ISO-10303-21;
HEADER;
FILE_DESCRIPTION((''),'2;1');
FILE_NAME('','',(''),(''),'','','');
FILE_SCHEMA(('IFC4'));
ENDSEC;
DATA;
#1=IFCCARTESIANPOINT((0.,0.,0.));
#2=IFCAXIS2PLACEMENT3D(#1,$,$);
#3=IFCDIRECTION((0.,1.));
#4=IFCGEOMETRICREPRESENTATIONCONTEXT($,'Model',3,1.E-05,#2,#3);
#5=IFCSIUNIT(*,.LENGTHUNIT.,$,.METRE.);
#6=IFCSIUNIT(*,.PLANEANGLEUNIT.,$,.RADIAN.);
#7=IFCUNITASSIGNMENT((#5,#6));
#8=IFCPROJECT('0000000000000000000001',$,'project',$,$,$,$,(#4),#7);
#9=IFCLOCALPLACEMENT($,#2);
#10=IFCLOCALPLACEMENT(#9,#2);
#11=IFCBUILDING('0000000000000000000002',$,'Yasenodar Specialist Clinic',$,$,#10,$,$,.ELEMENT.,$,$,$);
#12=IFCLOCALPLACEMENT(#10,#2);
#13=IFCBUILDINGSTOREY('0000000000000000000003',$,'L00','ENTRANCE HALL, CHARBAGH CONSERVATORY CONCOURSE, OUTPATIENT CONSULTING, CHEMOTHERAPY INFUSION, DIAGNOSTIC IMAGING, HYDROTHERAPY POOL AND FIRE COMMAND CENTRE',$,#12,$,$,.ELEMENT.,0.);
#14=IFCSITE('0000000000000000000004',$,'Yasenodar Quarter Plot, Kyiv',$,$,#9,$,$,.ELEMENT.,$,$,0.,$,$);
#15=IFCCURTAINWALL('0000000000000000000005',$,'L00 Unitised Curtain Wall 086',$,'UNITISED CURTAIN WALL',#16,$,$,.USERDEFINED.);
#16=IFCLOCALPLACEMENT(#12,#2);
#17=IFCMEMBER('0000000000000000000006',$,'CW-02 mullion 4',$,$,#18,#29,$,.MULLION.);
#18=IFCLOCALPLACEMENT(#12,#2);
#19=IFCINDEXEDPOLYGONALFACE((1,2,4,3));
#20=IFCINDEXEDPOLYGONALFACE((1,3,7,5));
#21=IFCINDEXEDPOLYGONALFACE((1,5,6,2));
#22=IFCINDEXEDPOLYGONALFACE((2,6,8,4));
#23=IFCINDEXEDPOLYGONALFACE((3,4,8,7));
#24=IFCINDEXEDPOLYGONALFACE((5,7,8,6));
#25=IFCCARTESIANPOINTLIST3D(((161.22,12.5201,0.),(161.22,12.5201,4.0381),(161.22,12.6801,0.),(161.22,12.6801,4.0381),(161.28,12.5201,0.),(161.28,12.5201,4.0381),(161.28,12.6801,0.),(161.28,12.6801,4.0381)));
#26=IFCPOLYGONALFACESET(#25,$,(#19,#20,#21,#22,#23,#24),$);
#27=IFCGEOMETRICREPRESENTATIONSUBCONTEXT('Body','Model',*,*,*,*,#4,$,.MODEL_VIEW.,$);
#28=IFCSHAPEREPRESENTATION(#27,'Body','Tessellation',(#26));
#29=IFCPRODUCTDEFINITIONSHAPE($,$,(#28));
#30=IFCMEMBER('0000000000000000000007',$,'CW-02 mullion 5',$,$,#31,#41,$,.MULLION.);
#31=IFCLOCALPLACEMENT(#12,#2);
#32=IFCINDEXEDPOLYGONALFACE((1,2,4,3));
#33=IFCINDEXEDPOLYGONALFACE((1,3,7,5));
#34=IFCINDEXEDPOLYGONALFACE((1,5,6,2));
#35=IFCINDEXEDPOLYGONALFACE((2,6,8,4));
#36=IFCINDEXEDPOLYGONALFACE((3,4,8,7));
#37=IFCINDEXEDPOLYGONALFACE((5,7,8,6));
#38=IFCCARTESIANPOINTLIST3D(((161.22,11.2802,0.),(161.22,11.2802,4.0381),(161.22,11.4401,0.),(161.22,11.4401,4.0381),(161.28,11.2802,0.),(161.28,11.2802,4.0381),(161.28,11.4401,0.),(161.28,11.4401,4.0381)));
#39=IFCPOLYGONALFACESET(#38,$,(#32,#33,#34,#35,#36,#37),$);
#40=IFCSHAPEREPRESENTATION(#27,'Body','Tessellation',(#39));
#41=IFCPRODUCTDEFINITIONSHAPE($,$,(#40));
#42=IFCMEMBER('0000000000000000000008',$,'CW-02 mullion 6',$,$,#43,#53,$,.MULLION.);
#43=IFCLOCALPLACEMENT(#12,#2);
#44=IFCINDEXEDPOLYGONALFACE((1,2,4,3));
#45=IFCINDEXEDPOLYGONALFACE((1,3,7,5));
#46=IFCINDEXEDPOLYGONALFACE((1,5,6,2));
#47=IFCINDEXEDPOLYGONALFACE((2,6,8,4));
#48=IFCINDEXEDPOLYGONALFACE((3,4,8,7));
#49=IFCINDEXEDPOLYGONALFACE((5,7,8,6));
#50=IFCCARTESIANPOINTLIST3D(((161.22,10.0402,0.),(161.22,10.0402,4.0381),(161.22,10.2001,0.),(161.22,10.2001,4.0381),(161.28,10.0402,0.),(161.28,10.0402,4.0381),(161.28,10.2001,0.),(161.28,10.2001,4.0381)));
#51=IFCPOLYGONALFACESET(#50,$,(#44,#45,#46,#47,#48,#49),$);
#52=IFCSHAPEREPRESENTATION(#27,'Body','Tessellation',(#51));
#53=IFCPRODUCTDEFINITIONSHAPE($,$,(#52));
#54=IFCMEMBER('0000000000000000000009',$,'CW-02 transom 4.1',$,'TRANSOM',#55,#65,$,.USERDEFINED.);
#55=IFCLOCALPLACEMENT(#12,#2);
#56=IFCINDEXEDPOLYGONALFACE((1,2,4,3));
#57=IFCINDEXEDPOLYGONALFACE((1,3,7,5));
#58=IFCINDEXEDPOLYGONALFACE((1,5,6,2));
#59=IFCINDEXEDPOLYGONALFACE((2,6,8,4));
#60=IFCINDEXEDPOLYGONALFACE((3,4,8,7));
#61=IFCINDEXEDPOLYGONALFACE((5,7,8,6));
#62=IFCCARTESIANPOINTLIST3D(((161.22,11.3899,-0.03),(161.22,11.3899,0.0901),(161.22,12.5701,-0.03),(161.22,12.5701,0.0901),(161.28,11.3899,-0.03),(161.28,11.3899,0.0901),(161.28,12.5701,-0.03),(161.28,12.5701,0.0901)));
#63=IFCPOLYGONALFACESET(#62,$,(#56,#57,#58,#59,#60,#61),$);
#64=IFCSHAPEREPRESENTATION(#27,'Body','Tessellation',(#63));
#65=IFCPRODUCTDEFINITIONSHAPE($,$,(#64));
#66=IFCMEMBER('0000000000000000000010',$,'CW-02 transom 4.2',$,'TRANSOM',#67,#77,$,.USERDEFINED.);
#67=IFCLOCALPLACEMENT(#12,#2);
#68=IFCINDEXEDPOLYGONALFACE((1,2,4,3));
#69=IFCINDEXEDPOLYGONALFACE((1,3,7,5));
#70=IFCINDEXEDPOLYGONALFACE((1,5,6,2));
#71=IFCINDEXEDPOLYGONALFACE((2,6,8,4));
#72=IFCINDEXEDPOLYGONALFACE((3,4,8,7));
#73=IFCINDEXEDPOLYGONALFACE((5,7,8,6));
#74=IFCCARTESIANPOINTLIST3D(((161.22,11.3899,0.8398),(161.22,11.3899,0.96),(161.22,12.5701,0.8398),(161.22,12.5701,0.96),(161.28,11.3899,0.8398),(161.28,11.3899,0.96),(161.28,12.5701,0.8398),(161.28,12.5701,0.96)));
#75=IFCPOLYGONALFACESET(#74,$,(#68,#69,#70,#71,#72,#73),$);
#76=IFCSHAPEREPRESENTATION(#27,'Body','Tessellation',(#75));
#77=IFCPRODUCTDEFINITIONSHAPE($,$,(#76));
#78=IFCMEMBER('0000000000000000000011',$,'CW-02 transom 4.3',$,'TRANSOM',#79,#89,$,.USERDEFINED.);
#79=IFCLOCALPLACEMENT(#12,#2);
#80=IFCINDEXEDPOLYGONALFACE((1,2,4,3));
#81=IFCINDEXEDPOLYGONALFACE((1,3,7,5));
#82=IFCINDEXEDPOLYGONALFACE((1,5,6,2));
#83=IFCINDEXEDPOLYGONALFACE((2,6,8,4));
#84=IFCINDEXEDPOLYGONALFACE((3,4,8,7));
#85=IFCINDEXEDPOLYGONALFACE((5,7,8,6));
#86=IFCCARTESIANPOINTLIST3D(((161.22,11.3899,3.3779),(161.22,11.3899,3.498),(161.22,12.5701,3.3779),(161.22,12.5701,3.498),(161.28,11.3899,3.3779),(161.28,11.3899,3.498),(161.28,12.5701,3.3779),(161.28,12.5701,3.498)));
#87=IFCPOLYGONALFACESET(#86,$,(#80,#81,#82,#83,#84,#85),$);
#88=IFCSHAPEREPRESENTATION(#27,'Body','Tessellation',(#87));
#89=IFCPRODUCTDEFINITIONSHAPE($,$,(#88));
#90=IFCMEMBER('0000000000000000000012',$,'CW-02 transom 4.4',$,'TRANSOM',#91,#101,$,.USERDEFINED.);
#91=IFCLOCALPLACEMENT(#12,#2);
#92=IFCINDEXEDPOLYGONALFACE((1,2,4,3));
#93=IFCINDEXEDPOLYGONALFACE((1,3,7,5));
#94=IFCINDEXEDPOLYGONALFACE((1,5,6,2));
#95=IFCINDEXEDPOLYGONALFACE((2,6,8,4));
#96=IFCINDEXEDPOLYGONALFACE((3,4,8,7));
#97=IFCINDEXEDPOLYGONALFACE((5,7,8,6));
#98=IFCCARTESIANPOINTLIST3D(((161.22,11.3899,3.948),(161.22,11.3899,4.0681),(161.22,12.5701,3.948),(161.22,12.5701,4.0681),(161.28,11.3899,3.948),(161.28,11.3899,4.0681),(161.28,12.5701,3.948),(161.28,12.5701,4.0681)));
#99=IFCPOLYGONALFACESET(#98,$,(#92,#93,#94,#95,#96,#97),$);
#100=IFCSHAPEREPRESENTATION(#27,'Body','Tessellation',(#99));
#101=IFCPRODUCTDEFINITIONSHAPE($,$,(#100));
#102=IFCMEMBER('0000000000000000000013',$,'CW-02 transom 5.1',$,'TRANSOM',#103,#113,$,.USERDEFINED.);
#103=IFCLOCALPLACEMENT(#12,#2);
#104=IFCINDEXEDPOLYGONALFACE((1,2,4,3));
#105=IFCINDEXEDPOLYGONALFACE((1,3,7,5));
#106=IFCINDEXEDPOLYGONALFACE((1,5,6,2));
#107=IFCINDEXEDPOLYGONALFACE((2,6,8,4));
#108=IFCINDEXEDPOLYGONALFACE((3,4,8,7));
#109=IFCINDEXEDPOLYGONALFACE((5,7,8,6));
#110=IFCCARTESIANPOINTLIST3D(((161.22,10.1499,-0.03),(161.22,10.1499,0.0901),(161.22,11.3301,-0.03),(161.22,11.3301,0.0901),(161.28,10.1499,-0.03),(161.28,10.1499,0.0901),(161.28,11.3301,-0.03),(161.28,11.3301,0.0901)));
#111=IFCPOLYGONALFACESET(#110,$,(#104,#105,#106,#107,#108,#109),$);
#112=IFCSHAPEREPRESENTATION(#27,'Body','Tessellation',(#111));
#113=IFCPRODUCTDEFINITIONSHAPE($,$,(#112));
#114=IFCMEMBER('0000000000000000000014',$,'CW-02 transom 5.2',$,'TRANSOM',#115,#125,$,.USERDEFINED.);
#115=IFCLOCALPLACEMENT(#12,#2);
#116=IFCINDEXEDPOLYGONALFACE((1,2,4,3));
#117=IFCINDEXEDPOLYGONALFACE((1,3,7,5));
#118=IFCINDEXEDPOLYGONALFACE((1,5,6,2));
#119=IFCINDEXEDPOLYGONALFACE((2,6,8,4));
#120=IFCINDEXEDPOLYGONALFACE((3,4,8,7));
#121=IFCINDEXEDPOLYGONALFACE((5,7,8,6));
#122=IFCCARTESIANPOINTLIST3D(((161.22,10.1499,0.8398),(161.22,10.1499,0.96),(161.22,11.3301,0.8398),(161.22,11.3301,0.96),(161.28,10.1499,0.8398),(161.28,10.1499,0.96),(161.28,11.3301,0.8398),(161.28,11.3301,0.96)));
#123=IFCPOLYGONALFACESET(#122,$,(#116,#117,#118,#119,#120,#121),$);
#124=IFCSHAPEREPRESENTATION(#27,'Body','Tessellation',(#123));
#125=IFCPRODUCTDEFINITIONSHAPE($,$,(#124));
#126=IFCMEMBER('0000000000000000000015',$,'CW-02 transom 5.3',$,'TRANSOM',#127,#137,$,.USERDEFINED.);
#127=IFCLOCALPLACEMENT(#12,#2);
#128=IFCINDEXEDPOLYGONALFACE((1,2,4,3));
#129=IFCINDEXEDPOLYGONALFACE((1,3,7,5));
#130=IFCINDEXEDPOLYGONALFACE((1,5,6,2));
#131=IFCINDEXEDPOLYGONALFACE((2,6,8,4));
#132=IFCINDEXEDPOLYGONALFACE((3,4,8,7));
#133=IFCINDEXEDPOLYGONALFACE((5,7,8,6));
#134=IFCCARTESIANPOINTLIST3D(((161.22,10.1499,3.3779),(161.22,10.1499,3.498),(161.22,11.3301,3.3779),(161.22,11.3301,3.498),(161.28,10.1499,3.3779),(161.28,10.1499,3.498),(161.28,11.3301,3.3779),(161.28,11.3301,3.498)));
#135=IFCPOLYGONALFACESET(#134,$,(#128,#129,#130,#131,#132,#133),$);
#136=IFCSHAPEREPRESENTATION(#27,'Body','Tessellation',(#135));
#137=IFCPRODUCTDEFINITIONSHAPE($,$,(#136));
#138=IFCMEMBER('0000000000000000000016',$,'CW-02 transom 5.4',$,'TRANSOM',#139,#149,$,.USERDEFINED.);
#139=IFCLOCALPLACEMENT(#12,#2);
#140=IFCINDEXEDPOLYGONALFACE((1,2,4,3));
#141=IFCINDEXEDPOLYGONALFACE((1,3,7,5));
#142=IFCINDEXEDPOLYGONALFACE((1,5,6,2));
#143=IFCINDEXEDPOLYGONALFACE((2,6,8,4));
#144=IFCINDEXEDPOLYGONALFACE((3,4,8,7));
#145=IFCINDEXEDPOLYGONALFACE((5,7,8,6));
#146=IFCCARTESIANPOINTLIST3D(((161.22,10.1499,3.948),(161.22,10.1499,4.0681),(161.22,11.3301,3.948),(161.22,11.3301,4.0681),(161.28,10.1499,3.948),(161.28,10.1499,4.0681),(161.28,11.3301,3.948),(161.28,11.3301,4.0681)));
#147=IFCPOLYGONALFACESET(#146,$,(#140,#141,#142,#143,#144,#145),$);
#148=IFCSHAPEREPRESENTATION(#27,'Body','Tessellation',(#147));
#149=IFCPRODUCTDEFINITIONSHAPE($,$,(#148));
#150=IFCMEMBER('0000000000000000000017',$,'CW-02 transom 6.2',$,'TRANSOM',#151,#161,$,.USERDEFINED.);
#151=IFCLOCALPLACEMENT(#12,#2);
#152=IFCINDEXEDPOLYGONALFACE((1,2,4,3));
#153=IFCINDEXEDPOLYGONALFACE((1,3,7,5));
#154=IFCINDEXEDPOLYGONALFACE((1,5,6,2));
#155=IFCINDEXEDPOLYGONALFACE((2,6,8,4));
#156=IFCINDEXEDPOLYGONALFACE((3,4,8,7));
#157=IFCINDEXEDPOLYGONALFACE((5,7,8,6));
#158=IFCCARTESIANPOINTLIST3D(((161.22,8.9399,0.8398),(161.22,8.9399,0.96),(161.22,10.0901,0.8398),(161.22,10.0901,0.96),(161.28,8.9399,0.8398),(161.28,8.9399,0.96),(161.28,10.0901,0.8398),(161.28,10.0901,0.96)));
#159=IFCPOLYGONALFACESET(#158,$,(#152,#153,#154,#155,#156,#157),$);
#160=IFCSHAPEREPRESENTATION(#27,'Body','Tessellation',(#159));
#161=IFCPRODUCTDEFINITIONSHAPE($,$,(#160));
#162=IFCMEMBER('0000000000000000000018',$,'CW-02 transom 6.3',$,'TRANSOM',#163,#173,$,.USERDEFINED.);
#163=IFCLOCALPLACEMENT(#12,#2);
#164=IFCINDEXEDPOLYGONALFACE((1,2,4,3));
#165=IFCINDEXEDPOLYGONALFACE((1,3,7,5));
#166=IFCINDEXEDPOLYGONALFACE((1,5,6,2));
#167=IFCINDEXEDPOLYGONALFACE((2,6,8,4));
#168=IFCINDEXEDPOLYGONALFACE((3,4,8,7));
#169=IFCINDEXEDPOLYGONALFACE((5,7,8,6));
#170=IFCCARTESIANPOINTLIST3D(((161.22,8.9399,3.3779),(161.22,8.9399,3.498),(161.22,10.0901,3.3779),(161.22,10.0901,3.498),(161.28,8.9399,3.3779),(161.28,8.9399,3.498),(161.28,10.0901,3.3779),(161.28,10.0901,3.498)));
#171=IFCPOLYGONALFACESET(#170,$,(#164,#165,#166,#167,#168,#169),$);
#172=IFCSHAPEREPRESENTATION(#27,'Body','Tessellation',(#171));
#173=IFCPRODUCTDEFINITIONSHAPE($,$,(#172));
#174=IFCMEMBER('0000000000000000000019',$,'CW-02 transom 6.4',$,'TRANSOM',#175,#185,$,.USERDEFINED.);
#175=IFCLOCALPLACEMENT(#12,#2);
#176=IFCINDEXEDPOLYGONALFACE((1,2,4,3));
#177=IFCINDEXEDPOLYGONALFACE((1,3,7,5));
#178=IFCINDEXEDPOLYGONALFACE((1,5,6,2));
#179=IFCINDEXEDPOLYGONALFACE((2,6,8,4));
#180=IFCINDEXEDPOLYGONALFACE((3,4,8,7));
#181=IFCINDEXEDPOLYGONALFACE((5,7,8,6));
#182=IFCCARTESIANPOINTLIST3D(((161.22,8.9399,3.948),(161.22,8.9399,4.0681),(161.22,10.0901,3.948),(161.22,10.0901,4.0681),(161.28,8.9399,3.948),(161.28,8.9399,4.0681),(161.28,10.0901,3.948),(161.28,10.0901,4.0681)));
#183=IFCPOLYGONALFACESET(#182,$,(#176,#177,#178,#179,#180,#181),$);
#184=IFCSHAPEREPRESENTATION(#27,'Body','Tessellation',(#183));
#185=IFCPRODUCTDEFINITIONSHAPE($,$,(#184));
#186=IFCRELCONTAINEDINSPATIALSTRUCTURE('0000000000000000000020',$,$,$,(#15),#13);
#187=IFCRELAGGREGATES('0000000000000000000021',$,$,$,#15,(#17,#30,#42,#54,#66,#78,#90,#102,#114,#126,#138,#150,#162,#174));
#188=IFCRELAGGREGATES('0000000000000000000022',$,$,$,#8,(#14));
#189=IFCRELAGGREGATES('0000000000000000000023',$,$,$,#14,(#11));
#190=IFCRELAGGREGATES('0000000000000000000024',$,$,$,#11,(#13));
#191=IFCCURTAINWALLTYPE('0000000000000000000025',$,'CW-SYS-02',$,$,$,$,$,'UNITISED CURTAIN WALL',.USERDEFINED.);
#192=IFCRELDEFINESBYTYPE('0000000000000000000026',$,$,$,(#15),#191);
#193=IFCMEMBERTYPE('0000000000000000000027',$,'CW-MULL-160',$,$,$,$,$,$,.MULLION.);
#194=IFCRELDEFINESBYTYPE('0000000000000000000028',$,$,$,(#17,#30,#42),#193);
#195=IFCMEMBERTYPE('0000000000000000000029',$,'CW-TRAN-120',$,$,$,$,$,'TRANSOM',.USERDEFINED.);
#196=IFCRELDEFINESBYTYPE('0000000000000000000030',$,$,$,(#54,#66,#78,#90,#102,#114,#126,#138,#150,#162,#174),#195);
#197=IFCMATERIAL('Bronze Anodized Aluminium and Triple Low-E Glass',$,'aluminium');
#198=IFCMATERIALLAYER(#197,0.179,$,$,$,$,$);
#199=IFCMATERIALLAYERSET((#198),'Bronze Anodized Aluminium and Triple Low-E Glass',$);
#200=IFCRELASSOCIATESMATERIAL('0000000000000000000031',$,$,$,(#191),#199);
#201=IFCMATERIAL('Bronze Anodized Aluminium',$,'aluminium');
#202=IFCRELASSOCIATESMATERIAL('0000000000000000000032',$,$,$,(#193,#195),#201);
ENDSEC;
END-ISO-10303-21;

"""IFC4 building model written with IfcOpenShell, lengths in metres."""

from ifc_helpers import new_model, si_unit, direction, frame, origin, origin_2d, place, context, subcontext, project, spatial, rectangle, extrude, material, layer, layer_set, material_profile, profile_set, type_object, element, aggregate, save


model = new_model("IFC4")

# Units and contexts
model_context = context("Model", 3, precision=1e-05, world=origin(), true_north=direction((0.0, 1.0)))
body_context = subcontext(model_context, "Body", "Model", "MODEL_VIEW")
ifc_project = project(units=[si_unit("LENGTHUNIT", "METRE"), si_unit("PLANEANGLEUNIT", "RADIAN")], contexts=[model_context])

# Site, building, storey
site_placement = place(None, origin())
site = spatial("IfcSite", under=ifc_project, at=site_placement, Name="Yasenodar Quarter Plot, Kyiv", CompositionType="ELEMENT", RefElevation=0.0)
building_placement = place(site_placement, origin())
building = spatial("IfcBuilding", under=site, at=building_placement, Name="Yasenodar Specialist Clinic", CompositionType="ELEMENT")
storey_placement = place(building_placement, origin())
storey = spatial("IfcBuildingStorey", under=building, at=storey_placement, Name="L00", Description="ENTRANCE HALL, CHARBAGH CONSERVATORY CONCOURSE, OUTPATIENT CONSULTING, CHEMOTHERAPY INFUSION, DIAGNOSTIC IMAGING, HYDROTHERAPY POOL AND FIRE COMMAND CENTRE", CompositionType="ELEMENT", Elevation=0.0)

# Curtain wall, members
ifc_material_1 = material(Name="Bronze Anodized Aluminium and Triple Low-E Glass", Category="aluminium")
ifc_layer_1 = layer(ifc_material_1, 0.179)
ifc_layer_set_1 = layer_set([ifc_layer_1], Name="Bronze Anodized Aluminium and Triple Low-E Glass")
curtain_wall_type = type_object("IfcCurtainWallType", Name="CW-SYS-02", ElementType="UNITISED CURTAIN WALL", PredefinedType="USERDEFINED", material=ifc_layer_set_1)
curtain_wall_placement = place(storey_placement, origin())
curtain_wall = element("IfcCurtainWall", 1, at=curtain_wall_placement, inside=storey, type_object=curtain_wall_type, Name="L00 Unitised Curtain Wall 086", ObjectType="UNITISED CURTAIN WALL", PredefinedType="USERDEFINED")
ifc_material_2 = material(Name="Bronze Anodized Aluminium", Category="aluminium")
ifc_material_profile_1 = material_profile(ifc_material_2, rectangle(XDim=0.0601, YDim=0.1599, at=origin_2d()), Name="CW-MULL 60x160")
ifc_profile_set_1 = profile_set([ifc_material_profile_1], Name="Bronze Anodized Aluminium")
member_type_1 = type_object("IfcMemberType", Name="CW-MULL-160", PredefinedType="MULLION", material=ifc_profile_set_1)
member_1_placement = place(storey_placement, frame((161.25, 12.6001, 0.0), z_axis=(0.0, 0.0, 1.0), x_axis=(1.0, 0.0, 0.0)))
member_1 = element("IfcMember", 2, at=member_1_placement, type_object=member_type_1, Name="CW-02 mullion 4", PredefinedType="MULLION", context=body_context, shape_type="SweptSolid", body=[
    extrude(rectangle(XDim=0.0601, YDim=0.1599, at=origin_2d()), origin(), (0.0, 0.0, 1.0), 4.0381),
])
member_2_placement = place(storey_placement, frame((161.25, 11.3601, 0.0), z_axis=(0.0, 0.0, 1.0), x_axis=(1.0, 0.0, 0.0)))
member_2 = element("IfcMember", 3, at=member_2_placement, type_object=member_type_1, Name="CW-02 mullion 5", PredefinedType="MULLION", context=body_context, shape_type="SweptSolid", body=[
    extrude(rectangle(XDim=0.0601, YDim=0.1599, at=origin_2d()), origin(), (0.0, 0.0, 1.0), 4.0381),
])
member_3_placement = place(storey_placement, frame((161.25, 10.1201, 0.0), z_axis=(0.0, 0.0, 1.0), x_axis=(1.0, 0.0, 0.0)))
member_3 = element("IfcMember", 4, at=member_3_placement, type_object=member_type_1, Name="CW-02 mullion 6", PredefinedType="MULLION", context=body_context, shape_type="SweptSolid", body=[
    extrude(rectangle(XDim=0.0601, YDim=0.1599, at=origin_2d()), origin(), (0.0, 0.0, 1.0), 4.0381),
])
ifc_material_profile_2 = material_profile(ifc_material_2, rectangle(XDim=0.0601, YDim=0.1201, at=origin_2d()), Name="CW-TRAN 60x120")
ifc_profile_set_2 = profile_set([ifc_material_profile_2], Name="Bronze Anodized Aluminium")
member_type_2 = type_object("IfcMemberType", Name="CW-TRAN-120", ElementType="TRANSOM", PredefinedType="USERDEFINED", material=ifc_profile_set_2)
member_4_placement = place(storey_placement, frame((161.25, 12.5701, 0.03), z_axis=(0.0, -1.0, 0.0), x_axis=(1.0, 0.0, 0.0)))
member_4 = element("IfcMember", 5, at=member_4_placement, type_object=member_type_2, Name="CW-02 transom 4.1", ObjectType="TRANSOM", PredefinedType="USERDEFINED", context=body_context, shape_type="SweptSolid", body=[
    extrude(rectangle(XDim=0.0601, YDim=0.1201, at=origin_2d()), origin(), (0.0, 0.0, 1.0), 1.1802),
])
member_5_placement = place(storey_placement, frame((161.25, 12.5701, 0.8999), z_axis=(0.0, -1.0, 0.0), x_axis=(1.0, 0.0, 0.0)))
member_5 = element("IfcMember", 6, at=member_5_placement, type_object=member_type_2, Name="CW-02 transom 4.2", ObjectType="TRANSOM", PredefinedType="USERDEFINED", context=body_context, shape_type="SweptSolid", body=[
    extrude(rectangle(XDim=0.0601, YDim=0.1201, at=origin_2d()), origin(), (0.0, 0.0, 1.0), 1.1802),
])
member_6_placement = place(storey_placement, frame((161.25, 12.5701, 3.438), z_axis=(0.0, -1.0, 0.0), x_axis=(1.0, 0.0, 0.0)))
member_6 = element("IfcMember", 7, at=member_6_placement, type_object=member_type_2, Name="CW-02 transom 4.3", ObjectType="TRANSOM", PredefinedType="USERDEFINED", context=body_context, shape_type="SweptSolid", body=[
    extrude(rectangle(XDim=0.0601, YDim=0.1201, at=origin_2d()), origin(), (0.0, 0.0, 1.0), 1.1802),
])
member_7_placement = place(storey_placement, frame((161.25, 12.5701, 4.0081), z_axis=(0.0, -1.0, 0.0), x_axis=(1.0, 0.0, 0.0)))
member_7 = element("IfcMember", 8, at=member_7_placement, type_object=member_type_2, Name="CW-02 transom 4.4", ObjectType="TRANSOM", PredefinedType="USERDEFINED", context=body_context, shape_type="SweptSolid", body=[
    extrude(rectangle(XDim=0.0601, YDim=0.1201, at=origin_2d()), origin(), (0.0, 0.0, 1.0), 1.1802),
])
member_8_placement = place(storey_placement, frame((161.25, 11.3301, 0.03), z_axis=(0.0, -1.0, 0.0), x_axis=(1.0, 0.0, 0.0)))
member_8 = element("IfcMember", 9, at=member_8_placement, type_object=member_type_2, Name="CW-02 transom 5.1", ObjectType="TRANSOM", PredefinedType="USERDEFINED", context=body_context, shape_type="SweptSolid", body=[
    extrude(rectangle(XDim=0.0601, YDim=0.1201, at=origin_2d()), origin(), (0.0, 0.0, 1.0), 1.1802),
])
member_9_placement = place(storey_placement, frame((161.25, 11.3301, 0.8999), z_axis=(0.0, -1.0, 0.0), x_axis=(1.0, 0.0, 0.0)))
member_9 = element("IfcMember", 10, at=member_9_placement, type_object=member_type_2, Name="CW-02 transom 5.2", ObjectType="TRANSOM", PredefinedType="USERDEFINED", context=body_context, shape_type="SweptSolid", body=[
    extrude(rectangle(XDim=0.0601, YDim=0.1201, at=origin_2d()), origin(), (0.0, 0.0, 1.0), 1.1802),
])
member_10_placement = place(storey_placement, frame((161.25, 11.3301, 3.438), z_axis=(0.0, -1.0, 0.0), x_axis=(1.0, 0.0, 0.0)))
member_10 = element("IfcMember", 11, at=member_10_placement, type_object=member_type_2, Name="CW-02 transom 5.3", ObjectType="TRANSOM", PredefinedType="USERDEFINED", context=body_context, shape_type="SweptSolid", body=[
    extrude(rectangle(XDim=0.0601, YDim=0.1201, at=origin_2d()), origin(), (0.0, 0.0, 1.0), 1.1802),
])
member_11_placement = place(storey_placement, frame((161.25, 11.3301, 4.0081), z_axis=(0.0, -1.0, 0.0), x_axis=(1.0, 0.0, 0.0)))
member_11 = element("IfcMember", 12, at=member_11_placement, type_object=member_type_2, Name="CW-02 transom 5.4", ObjectType="TRANSOM", PredefinedType="USERDEFINED", context=body_context, shape_type="SweptSolid", body=[
    extrude(rectangle(XDim=0.0601, YDim=0.1201, at=origin_2d()), origin(), (0.0, 0.0, 1.0), 1.1802),
])
member_12_placement = place(storey_placement, frame((161.25, 10.0901, 0.8999), z_axis=(0.0, -1.0, 0.0), x_axis=(1.0, 0.0, 0.0)))
member_12 = element("IfcMember", 13, at=member_12_placement, type_object=member_type_2, Name="CW-02 transom 6.2", ObjectType="TRANSOM", PredefinedType="USERDEFINED", context=body_context, shape_type="SweptSolid", body=[
    extrude(rectangle(XDim=0.0601, YDim=0.1201, at=origin_2d()), origin(), (0.0, 0.0, 1.0), 1.1501),
])
member_13_placement = place(storey_placement, frame((161.25, 10.0901, 3.438), z_axis=(0.0, -1.0, 0.0), x_axis=(1.0, 0.0, 0.0)))
member_13 = element("IfcMember", 14, at=member_13_placement, type_object=member_type_2, Name="CW-02 transom 6.3", ObjectType="TRANSOM", PredefinedType="USERDEFINED", context=body_context, shape_type="SweptSolid", body=[
    extrude(rectangle(XDim=0.0601, YDim=0.1201, at=origin_2d()), origin(), (0.0, 0.0, 1.0), 1.1501),
])
member_14_placement = place(storey_placement, frame((161.25, 10.0901, 4.0081), z_axis=(0.0, -1.0, 0.0), x_axis=(1.0, 0.0, 0.0)))
member_14 = element("IfcMember", 15, at=member_14_placement, type_object=member_type_2, Name="CW-02 transom 6.4", ObjectType="TRANSOM", PredefinedType="USERDEFINED", context=body_context, shape_type="SweptSolid", body=[
    extrude(rectangle(XDim=0.0601, YDim=0.1201, at=origin_2d()), origin(), (0.0, 0.0, 1.0), 1.1501),
])
aggregate(curtain_wall, [member_1, member_2, member_3, member_4, member_5, member_6, member_7, member_8, member_9, member_10, member_11, member_12, member_13, member_14])

save(model, "model.ifc")
